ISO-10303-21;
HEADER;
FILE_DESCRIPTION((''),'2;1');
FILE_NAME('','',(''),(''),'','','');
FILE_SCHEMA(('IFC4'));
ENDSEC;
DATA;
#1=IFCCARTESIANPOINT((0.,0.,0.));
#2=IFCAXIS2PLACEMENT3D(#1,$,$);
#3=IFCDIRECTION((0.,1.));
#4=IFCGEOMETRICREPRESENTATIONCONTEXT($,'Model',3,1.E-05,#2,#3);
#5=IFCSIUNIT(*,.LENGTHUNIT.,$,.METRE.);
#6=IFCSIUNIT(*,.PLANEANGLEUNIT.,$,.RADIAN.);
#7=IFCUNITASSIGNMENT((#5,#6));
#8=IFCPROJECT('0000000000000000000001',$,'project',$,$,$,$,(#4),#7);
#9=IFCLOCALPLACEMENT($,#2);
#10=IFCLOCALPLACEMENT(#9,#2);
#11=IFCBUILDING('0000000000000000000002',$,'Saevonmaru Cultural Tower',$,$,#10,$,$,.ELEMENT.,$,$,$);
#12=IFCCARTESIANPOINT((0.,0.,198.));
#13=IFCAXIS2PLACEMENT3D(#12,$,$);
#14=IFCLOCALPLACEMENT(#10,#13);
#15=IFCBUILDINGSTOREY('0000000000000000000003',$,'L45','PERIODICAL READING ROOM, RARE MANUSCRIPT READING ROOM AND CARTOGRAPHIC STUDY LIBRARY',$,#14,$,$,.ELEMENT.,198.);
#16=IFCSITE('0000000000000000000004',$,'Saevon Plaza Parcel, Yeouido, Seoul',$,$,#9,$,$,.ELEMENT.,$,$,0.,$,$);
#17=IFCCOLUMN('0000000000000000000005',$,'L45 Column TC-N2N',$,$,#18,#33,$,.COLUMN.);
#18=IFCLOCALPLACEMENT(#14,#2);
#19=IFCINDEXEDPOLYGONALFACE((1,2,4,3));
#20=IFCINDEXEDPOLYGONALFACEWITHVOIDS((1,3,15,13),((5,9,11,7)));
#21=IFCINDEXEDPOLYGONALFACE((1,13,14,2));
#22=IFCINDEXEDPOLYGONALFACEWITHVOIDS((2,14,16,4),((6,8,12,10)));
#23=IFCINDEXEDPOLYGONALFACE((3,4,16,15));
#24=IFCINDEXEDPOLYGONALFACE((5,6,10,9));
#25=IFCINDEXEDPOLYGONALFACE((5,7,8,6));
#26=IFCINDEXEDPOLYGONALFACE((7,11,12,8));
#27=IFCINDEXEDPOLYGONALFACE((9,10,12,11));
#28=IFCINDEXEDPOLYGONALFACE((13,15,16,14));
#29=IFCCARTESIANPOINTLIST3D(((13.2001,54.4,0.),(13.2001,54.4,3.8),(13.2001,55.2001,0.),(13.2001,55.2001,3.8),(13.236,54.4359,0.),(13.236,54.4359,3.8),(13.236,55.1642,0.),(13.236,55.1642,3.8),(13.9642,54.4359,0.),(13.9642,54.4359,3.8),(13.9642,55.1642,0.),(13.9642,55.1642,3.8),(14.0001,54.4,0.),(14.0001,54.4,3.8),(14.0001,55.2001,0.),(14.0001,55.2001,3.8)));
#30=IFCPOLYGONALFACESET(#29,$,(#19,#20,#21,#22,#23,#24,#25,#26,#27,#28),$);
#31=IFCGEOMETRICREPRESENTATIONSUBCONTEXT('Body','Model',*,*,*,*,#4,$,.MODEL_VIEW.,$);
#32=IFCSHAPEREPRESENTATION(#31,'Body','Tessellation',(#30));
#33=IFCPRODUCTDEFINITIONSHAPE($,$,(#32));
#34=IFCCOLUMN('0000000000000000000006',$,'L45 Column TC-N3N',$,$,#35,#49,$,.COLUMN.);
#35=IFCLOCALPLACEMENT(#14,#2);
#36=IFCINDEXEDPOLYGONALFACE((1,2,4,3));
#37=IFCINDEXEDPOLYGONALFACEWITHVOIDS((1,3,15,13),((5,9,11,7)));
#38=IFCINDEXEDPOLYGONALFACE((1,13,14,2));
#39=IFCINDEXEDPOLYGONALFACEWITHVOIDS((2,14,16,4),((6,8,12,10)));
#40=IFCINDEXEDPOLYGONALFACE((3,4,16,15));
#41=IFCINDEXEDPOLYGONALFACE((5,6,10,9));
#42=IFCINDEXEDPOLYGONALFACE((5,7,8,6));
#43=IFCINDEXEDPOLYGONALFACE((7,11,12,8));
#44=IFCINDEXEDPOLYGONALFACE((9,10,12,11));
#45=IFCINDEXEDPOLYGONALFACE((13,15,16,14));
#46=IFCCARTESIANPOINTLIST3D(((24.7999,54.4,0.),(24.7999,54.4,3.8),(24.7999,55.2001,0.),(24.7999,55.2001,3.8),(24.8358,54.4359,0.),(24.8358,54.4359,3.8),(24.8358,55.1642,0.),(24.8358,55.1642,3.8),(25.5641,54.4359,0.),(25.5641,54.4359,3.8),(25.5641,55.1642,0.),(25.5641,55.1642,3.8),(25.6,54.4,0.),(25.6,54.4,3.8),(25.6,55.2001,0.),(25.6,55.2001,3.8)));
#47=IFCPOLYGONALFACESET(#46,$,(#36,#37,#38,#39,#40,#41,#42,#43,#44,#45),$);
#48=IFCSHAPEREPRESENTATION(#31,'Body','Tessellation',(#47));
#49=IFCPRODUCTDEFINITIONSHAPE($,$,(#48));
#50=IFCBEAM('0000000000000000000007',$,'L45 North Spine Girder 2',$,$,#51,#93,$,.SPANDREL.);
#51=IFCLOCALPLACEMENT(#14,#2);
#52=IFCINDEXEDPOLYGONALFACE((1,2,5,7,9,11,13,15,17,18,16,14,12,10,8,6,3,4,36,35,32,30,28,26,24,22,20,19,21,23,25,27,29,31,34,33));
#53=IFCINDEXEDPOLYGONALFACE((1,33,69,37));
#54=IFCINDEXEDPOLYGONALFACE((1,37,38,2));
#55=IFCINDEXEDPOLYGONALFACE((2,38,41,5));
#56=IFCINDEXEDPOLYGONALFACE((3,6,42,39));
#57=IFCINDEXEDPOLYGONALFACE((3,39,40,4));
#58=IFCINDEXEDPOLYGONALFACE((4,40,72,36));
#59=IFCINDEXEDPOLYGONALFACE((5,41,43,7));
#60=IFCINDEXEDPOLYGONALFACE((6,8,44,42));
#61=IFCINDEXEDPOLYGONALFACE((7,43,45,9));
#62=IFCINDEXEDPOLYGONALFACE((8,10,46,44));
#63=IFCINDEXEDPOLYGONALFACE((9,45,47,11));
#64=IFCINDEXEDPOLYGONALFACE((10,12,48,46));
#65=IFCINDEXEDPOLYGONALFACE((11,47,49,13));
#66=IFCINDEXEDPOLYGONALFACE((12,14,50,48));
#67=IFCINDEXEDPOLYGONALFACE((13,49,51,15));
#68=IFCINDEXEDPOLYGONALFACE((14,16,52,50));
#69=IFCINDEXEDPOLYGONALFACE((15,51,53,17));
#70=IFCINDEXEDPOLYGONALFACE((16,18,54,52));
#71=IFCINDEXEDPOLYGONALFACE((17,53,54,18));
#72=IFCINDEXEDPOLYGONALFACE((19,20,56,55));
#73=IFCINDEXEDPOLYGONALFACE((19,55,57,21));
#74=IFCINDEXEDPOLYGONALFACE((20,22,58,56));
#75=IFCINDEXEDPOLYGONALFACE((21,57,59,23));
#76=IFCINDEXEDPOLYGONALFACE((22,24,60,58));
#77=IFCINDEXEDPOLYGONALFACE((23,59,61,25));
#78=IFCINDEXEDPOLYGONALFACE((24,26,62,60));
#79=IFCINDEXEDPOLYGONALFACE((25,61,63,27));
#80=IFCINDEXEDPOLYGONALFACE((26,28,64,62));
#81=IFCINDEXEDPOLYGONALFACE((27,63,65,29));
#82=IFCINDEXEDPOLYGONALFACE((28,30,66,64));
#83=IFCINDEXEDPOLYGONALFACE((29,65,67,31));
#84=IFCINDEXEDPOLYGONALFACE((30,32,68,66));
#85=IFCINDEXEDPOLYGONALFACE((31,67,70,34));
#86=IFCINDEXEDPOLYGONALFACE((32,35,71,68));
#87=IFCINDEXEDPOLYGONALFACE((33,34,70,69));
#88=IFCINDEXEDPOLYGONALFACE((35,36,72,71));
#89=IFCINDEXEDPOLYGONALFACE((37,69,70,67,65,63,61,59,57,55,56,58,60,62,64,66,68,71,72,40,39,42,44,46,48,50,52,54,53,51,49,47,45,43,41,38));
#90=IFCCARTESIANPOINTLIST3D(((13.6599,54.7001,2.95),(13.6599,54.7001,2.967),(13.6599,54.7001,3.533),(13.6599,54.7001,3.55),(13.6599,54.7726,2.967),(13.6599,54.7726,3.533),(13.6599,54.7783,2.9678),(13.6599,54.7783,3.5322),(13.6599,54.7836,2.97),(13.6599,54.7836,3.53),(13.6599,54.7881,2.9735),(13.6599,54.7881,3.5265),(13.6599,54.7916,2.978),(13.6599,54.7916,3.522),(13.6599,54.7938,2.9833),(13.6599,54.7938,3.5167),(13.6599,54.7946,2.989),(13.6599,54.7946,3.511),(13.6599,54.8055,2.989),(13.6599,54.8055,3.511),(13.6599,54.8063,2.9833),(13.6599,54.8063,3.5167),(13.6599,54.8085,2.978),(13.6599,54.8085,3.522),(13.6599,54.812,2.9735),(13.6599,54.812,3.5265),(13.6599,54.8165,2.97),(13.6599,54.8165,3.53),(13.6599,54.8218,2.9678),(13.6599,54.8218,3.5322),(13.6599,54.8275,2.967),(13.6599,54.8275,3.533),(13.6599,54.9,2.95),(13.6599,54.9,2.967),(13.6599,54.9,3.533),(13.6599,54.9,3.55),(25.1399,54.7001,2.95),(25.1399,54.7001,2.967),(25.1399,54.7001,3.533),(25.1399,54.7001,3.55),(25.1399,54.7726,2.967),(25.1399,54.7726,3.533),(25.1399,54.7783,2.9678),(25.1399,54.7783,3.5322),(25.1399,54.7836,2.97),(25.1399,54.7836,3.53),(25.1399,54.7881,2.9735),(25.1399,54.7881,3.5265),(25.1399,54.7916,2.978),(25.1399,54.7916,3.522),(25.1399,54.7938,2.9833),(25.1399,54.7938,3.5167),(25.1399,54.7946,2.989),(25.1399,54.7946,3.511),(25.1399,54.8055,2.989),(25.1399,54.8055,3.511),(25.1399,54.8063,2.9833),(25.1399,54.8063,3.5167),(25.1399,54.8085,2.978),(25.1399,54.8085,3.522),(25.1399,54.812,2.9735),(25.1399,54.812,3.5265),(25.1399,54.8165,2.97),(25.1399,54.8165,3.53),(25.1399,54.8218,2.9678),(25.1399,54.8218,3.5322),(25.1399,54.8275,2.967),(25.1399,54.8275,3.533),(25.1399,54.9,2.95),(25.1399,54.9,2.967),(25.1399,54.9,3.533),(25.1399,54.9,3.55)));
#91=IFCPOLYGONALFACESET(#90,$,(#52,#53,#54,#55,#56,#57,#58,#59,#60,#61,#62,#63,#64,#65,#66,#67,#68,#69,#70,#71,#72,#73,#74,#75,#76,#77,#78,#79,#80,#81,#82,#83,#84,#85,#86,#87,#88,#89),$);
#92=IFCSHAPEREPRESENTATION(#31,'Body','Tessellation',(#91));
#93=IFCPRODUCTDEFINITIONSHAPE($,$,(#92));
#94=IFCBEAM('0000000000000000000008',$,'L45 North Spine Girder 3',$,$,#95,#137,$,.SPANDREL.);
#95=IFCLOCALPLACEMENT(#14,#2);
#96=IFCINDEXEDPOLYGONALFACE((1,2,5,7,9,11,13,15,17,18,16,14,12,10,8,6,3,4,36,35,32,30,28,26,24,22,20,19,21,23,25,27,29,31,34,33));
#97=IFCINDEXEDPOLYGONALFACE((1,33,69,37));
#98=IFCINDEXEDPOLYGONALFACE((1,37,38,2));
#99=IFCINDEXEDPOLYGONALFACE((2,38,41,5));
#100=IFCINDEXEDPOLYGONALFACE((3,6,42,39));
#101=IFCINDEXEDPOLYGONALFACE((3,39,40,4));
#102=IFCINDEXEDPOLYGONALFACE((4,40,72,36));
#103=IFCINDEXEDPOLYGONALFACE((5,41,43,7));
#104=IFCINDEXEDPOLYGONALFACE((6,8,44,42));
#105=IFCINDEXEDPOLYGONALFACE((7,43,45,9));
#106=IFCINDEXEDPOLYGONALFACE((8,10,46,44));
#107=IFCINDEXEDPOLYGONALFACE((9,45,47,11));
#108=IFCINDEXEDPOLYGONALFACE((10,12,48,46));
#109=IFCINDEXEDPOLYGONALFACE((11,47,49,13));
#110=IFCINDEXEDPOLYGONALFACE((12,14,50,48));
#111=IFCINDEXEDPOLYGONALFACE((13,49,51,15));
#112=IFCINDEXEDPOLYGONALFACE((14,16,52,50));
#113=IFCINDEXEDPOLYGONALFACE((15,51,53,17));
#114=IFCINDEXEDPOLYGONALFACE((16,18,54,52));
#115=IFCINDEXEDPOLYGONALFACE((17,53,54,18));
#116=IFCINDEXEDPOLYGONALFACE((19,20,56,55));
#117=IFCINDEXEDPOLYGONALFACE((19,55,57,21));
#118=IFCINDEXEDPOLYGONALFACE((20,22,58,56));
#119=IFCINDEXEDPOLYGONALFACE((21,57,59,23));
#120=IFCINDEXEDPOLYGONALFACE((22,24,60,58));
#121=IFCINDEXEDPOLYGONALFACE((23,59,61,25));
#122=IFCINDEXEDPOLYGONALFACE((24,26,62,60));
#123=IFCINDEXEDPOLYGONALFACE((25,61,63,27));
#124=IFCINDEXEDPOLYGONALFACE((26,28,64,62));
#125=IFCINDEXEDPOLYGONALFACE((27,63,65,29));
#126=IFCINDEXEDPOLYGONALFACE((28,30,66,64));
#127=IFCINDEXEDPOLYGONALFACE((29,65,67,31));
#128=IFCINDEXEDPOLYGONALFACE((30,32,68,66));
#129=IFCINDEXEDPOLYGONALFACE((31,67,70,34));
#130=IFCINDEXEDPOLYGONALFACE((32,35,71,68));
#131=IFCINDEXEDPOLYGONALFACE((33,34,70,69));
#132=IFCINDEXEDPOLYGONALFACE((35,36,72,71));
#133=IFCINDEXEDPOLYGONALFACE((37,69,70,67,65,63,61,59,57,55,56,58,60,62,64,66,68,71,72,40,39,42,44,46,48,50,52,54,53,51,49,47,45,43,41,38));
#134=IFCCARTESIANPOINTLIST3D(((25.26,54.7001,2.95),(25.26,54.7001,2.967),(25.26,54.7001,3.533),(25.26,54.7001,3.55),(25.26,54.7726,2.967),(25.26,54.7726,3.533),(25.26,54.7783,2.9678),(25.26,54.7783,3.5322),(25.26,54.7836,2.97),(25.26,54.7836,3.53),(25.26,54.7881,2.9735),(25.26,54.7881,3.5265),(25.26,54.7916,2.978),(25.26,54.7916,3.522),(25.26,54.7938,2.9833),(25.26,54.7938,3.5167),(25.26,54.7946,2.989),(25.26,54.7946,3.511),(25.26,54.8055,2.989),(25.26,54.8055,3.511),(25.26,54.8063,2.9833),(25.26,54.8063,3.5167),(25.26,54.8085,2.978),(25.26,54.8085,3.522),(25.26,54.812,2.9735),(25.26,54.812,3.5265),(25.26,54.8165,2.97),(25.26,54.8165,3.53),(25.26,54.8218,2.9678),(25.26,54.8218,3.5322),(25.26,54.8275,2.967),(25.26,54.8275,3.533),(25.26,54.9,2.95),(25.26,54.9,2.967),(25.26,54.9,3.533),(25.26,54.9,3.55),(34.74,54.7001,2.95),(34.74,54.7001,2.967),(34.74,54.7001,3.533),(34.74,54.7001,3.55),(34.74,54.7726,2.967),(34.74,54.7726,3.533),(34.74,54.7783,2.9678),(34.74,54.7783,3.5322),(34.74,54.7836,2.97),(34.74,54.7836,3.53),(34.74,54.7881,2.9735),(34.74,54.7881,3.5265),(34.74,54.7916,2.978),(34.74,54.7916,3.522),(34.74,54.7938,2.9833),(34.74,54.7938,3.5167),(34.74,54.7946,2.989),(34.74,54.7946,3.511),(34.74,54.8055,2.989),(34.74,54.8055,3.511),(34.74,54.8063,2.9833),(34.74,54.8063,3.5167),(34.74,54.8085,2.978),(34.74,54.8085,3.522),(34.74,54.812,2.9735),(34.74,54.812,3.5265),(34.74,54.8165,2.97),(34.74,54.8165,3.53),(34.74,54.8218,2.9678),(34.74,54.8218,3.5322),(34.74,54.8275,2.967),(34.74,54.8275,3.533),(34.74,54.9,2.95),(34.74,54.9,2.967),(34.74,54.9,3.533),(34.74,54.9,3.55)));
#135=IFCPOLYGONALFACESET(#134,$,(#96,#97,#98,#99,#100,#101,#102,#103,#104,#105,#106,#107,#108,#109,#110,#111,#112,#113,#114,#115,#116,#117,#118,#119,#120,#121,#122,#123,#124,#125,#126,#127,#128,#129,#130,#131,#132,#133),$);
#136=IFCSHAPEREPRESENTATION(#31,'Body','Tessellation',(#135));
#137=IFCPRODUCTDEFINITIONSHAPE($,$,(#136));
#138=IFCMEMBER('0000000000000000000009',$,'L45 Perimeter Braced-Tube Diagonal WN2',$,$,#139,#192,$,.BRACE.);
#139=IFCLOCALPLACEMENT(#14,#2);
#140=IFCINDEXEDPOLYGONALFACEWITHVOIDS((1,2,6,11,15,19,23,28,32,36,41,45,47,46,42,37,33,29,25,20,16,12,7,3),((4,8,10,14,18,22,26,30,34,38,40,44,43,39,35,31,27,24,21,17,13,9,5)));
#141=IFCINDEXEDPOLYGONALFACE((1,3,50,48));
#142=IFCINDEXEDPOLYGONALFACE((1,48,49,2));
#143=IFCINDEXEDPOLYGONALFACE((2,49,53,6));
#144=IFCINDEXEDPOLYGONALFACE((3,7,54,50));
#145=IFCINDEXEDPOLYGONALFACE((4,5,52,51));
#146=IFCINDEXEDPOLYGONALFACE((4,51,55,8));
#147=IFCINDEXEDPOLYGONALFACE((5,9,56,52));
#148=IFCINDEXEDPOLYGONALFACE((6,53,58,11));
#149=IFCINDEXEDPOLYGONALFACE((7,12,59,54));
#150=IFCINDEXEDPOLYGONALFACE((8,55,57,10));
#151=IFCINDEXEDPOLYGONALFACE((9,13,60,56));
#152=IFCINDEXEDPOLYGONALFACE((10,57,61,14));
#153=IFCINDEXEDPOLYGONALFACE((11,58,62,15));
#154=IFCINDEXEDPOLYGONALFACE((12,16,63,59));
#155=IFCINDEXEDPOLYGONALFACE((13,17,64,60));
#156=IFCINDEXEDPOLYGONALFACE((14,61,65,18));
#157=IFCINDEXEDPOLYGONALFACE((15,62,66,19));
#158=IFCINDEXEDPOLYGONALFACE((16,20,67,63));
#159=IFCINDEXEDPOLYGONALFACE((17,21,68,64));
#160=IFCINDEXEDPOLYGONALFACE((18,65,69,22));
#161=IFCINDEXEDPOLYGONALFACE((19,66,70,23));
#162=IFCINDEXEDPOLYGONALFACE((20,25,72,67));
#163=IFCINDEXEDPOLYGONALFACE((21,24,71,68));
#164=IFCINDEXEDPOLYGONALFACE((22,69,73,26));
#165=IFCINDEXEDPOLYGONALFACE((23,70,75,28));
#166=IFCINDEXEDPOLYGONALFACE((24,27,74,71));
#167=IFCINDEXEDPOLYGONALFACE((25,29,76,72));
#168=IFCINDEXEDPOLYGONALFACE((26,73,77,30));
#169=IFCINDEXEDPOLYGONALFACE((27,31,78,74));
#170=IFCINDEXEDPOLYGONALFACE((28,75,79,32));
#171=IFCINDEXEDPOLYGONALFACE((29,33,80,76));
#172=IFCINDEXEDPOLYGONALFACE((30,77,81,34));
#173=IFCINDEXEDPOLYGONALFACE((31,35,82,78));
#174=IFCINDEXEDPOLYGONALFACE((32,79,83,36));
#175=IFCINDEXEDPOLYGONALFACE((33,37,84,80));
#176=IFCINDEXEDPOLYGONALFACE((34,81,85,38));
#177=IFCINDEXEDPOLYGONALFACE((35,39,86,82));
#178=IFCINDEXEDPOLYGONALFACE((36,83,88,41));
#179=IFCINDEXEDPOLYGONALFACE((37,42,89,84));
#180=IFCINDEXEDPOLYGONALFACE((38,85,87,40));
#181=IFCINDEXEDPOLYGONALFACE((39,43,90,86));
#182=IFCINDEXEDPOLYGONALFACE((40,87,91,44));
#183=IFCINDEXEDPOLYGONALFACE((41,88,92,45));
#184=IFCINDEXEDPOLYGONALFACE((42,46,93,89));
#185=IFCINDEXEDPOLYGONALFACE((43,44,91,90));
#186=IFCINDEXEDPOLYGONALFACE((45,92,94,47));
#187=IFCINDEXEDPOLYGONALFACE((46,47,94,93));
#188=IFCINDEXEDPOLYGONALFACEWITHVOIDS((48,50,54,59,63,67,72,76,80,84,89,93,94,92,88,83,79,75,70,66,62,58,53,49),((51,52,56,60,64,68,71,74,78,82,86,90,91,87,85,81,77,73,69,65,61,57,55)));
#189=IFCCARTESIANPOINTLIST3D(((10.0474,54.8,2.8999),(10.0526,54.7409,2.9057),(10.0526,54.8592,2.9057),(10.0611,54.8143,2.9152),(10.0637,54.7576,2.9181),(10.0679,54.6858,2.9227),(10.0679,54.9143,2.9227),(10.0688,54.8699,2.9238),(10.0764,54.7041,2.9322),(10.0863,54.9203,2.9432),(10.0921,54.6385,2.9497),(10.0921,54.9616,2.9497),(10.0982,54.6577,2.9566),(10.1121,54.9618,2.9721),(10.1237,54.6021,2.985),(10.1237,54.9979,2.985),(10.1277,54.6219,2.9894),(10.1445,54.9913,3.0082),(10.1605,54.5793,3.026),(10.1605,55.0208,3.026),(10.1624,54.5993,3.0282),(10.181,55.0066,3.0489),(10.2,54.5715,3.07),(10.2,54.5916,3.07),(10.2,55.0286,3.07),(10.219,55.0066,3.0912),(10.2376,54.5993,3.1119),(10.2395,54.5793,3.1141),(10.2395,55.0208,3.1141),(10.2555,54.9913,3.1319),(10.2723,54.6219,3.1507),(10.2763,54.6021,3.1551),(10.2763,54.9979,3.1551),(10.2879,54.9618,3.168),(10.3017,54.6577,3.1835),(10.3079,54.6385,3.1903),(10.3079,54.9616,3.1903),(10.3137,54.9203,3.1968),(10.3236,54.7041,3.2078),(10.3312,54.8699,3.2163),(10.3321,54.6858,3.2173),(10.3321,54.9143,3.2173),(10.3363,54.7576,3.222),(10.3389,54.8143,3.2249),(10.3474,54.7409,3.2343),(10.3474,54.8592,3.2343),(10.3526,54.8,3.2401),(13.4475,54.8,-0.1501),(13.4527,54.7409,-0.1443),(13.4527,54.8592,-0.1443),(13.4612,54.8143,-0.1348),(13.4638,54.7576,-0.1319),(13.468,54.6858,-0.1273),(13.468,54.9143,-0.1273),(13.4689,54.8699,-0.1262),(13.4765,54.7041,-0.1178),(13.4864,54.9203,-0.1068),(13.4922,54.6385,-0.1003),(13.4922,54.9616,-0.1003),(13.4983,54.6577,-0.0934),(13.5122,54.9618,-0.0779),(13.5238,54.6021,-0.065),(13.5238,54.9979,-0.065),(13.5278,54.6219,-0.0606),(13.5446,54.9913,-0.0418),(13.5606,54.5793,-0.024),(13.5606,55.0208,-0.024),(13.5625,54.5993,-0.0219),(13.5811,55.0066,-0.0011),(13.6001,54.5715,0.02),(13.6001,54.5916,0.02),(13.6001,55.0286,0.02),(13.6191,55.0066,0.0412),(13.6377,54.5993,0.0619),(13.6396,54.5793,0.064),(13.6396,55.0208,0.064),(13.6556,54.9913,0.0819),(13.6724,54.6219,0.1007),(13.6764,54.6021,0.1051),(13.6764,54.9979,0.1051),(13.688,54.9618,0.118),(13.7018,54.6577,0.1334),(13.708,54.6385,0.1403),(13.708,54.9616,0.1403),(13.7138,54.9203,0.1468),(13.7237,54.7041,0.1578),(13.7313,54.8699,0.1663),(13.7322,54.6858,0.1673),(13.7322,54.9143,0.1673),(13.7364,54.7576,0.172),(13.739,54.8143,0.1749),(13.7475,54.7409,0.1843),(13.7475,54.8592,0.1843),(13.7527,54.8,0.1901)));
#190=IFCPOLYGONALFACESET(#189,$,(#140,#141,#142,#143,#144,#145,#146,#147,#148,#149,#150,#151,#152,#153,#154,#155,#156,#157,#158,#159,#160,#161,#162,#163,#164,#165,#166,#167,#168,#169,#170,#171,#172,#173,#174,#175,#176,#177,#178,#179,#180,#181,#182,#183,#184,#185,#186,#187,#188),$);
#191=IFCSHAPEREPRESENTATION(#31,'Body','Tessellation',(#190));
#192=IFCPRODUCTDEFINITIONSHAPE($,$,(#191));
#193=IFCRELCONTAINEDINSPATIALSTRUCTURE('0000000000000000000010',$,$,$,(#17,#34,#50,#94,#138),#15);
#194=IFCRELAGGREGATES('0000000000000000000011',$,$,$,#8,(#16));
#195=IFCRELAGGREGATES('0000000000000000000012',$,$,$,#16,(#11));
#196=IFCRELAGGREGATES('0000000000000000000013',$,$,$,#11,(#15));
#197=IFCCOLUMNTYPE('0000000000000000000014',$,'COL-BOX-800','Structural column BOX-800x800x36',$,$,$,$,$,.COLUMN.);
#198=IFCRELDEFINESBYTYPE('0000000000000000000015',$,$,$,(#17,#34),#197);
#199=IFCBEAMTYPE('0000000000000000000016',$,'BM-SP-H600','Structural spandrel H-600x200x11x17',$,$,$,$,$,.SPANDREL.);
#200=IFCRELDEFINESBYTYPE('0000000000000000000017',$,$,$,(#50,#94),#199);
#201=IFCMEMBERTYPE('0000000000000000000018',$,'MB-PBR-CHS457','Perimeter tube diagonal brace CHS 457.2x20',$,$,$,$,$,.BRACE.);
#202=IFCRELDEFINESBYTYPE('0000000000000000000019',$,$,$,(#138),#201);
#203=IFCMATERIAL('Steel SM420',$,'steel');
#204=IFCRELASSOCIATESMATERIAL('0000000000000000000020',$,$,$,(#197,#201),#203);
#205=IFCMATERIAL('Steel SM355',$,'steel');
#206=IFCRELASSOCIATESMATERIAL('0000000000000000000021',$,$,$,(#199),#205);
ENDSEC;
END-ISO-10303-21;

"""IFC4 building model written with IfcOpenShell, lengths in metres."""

from ifc_helpers import new_model, si_unit, direction, frame, origin, origin_2d, place, context, subcontext, project, spatial, hollow_rectangle, hollow_circle, i_section, extrude, material, material_profile, profile_set, type_object, element, save


model = new_model("IFC4")

# Units and contexts
model_context = context("Model", 3, precision=1e-05, world=origin(), true_north=direction((0.0, 1.0)))
body_context = subcontext(model_context, "Body", "Model", "MODEL_VIEW")
ifc_project = project(units=[si_unit("LENGTHUNIT", "METRE"), si_unit("PLANEANGLEUNIT", "RADIAN")], contexts=[model_context])

# Site, building, storey
site_placement = place(None, origin())
site = spatial("IfcSite", under=ifc_project, at=site_placement, Name="Saevon Plaza Parcel, Yeouido, Seoul", CompositionType="ELEMENT", RefElevation=0.0)
building_placement = place(site_placement, origin())
building = spatial("IfcBuilding", under=site, at=building_placement, Name="Saevonmaru Cultural Tower", CompositionType="ELEMENT")
storey_placement = place(building_placement, frame((0.0, 0.0, 198.0)))
storey = spatial("IfcBuildingStorey", under=building, at=storey_placement, Name="L45", Description="PERIODICAL READING ROOM, RARE MANUSCRIPT READING ROOM AND CARTOGRAPHIC STUDY LIBRARY", CompositionType="ELEMENT", Elevation=198.0)

# Columns
ifc_material_1 = material(Name="Steel SM420", Category="steel")
ifc_material_profile_1 = material_profile(ifc_material_1, hollow_rectangle(XDim=0.8, YDim=0.8, WallThickness=0.0359, at=origin_2d()), Name="BOX-800x800x36")
ifc_profile_set_1 = profile_set([ifc_material_profile_1], Name="Steel SM420")
column_type = type_object("IfcColumnType", Name="COL-BOX-800", Description="Structural column BOX-800x800x36", PredefinedType="COLUMN", material=ifc_profile_set_1)
for number, where, z_axis, x_axis, name in (
    (1, (13.6001, 54.8, 0.0), (0.0, 0.0, 1.0), (1.0, 0.0, 0.0), "L45 Column TC-N2N"),
    (2, (25.2, 54.8, 0.0), (0.0, 0.0, 1.0), (1.0, 0.0, 0.0), "L45 Column TC-N3N"),
):
    element("IfcColumn", number, at=place(storey_placement, frame(where, z_axis=z_axis, x_axis=x_axis)), inside=storey, type_object=column_type, Name=name, PredefinedType="COLUMN", context=body_context, shape_type="SweptSolid", body=[
        extrude(hollow_rectangle(XDim=0.8, YDim=0.8, WallThickness=0.0359, at=origin_2d()), origin(), (0.0, 0.0, 1.0), 3.8),
    ])

# Beams
ifc_material_2 = material(Name="Steel SM355", Category="steel")
ifc_material_profile_2 = material_profile(ifc_material_2, i_section(OverallWidth=0.2, OverallDepth=0.6001, WebThickness=0.011, FlangeThickness=0.0171, FilletRadius=0.022, at=origin_2d()), Name="H-600x200x11x17")
ifc_profile_set_2 = profile_set([ifc_material_profile_2], Name="Steel SM355")
beam_type = type_object("IfcBeamType", Name="BM-SP-H600", Description="Structural spandrel H-600x200x11x17", PredefinedType="SPANDREL", material=ifc_profile_set_2)
beam_1_placement = place(storey_placement, frame((13.6599, 54.8, 3.25), z_axis=(1.0, 0.0, 0.0), x_axis=(0.0, 1.0, 0.0)))
element("IfcBeam", 3, at=beam_1_placement, inside=storey, type_object=beam_type, Name="L45 North Spine Girder 2", PredefinedType="SPANDREL", context=body_context, shape_type="SweptSolid", body=[
    extrude(i_section(OverallWidth=0.2, OverallDepth=0.6001, WebThickness=0.011, FlangeThickness=0.0171, FilletRadius=0.022, at=origin_2d()), origin(), (0.0, 0.0, 1.0), 11.48),
])
beam_2_placement = place(storey_placement, frame((25.26, 54.8, 3.25), z_axis=(1.0, 0.0, 0.0), x_axis=(0.0, 1.0, 0.0)))
element("IfcBeam", 4, at=beam_2_placement, inside=storey, type_object=beam_type, Name="L45 North Spine Girder 3", PredefinedType="SPANDREL", context=body_context, shape_type="SweptSolid", body=[
    extrude(i_section(OverallWidth=0.2, OverallDepth=0.6001, WebThickness=0.011, FlangeThickness=0.0171, FilletRadius=0.022, at=origin_2d()), origin(), (0.0, 0.0, 1.0), 9.48),
])

# Member
ifc_material_profile_3 = material_profile(ifc_material_1, hollow_circle(Radius=0.2285, WallThickness=0.02, at=origin_2d()), Name="CHS-457.2x20")
ifc_profile_set_3 = profile_set([ifc_material_profile_3], Name="Steel SM420")
member_type_1 = type_object("IfcMemberType", Name="MB-PBR-CHS457", Description="Perimeter tube diagonal brace CHS 457.2x20", PredefinedType="BRACE", material=ifc_profile_set_3)
member_1_placement = place(storey_placement, frame((13.6001, 54.8, 0.02), z_axis=(-0.744391, 0.0, 0.667744), x_axis=(0.0, -1.0, 0.0)))
element("IfcMember", 5, at=member_1_placement, inside=storey, type_object=member_type_1, Name="L45 Perimeter Braced-Tube Diagonal WN2", PredefinedType="BRACE", context=body_context, shape_type="SweptSolid", body=[
    extrude(hollow_circle(Radius=0.2285, WallThickness=0.02, at=origin_2d()), origin(), (0.0, 0.0, 1.0), 4.5676),
])

save(model, "model.ifc")
